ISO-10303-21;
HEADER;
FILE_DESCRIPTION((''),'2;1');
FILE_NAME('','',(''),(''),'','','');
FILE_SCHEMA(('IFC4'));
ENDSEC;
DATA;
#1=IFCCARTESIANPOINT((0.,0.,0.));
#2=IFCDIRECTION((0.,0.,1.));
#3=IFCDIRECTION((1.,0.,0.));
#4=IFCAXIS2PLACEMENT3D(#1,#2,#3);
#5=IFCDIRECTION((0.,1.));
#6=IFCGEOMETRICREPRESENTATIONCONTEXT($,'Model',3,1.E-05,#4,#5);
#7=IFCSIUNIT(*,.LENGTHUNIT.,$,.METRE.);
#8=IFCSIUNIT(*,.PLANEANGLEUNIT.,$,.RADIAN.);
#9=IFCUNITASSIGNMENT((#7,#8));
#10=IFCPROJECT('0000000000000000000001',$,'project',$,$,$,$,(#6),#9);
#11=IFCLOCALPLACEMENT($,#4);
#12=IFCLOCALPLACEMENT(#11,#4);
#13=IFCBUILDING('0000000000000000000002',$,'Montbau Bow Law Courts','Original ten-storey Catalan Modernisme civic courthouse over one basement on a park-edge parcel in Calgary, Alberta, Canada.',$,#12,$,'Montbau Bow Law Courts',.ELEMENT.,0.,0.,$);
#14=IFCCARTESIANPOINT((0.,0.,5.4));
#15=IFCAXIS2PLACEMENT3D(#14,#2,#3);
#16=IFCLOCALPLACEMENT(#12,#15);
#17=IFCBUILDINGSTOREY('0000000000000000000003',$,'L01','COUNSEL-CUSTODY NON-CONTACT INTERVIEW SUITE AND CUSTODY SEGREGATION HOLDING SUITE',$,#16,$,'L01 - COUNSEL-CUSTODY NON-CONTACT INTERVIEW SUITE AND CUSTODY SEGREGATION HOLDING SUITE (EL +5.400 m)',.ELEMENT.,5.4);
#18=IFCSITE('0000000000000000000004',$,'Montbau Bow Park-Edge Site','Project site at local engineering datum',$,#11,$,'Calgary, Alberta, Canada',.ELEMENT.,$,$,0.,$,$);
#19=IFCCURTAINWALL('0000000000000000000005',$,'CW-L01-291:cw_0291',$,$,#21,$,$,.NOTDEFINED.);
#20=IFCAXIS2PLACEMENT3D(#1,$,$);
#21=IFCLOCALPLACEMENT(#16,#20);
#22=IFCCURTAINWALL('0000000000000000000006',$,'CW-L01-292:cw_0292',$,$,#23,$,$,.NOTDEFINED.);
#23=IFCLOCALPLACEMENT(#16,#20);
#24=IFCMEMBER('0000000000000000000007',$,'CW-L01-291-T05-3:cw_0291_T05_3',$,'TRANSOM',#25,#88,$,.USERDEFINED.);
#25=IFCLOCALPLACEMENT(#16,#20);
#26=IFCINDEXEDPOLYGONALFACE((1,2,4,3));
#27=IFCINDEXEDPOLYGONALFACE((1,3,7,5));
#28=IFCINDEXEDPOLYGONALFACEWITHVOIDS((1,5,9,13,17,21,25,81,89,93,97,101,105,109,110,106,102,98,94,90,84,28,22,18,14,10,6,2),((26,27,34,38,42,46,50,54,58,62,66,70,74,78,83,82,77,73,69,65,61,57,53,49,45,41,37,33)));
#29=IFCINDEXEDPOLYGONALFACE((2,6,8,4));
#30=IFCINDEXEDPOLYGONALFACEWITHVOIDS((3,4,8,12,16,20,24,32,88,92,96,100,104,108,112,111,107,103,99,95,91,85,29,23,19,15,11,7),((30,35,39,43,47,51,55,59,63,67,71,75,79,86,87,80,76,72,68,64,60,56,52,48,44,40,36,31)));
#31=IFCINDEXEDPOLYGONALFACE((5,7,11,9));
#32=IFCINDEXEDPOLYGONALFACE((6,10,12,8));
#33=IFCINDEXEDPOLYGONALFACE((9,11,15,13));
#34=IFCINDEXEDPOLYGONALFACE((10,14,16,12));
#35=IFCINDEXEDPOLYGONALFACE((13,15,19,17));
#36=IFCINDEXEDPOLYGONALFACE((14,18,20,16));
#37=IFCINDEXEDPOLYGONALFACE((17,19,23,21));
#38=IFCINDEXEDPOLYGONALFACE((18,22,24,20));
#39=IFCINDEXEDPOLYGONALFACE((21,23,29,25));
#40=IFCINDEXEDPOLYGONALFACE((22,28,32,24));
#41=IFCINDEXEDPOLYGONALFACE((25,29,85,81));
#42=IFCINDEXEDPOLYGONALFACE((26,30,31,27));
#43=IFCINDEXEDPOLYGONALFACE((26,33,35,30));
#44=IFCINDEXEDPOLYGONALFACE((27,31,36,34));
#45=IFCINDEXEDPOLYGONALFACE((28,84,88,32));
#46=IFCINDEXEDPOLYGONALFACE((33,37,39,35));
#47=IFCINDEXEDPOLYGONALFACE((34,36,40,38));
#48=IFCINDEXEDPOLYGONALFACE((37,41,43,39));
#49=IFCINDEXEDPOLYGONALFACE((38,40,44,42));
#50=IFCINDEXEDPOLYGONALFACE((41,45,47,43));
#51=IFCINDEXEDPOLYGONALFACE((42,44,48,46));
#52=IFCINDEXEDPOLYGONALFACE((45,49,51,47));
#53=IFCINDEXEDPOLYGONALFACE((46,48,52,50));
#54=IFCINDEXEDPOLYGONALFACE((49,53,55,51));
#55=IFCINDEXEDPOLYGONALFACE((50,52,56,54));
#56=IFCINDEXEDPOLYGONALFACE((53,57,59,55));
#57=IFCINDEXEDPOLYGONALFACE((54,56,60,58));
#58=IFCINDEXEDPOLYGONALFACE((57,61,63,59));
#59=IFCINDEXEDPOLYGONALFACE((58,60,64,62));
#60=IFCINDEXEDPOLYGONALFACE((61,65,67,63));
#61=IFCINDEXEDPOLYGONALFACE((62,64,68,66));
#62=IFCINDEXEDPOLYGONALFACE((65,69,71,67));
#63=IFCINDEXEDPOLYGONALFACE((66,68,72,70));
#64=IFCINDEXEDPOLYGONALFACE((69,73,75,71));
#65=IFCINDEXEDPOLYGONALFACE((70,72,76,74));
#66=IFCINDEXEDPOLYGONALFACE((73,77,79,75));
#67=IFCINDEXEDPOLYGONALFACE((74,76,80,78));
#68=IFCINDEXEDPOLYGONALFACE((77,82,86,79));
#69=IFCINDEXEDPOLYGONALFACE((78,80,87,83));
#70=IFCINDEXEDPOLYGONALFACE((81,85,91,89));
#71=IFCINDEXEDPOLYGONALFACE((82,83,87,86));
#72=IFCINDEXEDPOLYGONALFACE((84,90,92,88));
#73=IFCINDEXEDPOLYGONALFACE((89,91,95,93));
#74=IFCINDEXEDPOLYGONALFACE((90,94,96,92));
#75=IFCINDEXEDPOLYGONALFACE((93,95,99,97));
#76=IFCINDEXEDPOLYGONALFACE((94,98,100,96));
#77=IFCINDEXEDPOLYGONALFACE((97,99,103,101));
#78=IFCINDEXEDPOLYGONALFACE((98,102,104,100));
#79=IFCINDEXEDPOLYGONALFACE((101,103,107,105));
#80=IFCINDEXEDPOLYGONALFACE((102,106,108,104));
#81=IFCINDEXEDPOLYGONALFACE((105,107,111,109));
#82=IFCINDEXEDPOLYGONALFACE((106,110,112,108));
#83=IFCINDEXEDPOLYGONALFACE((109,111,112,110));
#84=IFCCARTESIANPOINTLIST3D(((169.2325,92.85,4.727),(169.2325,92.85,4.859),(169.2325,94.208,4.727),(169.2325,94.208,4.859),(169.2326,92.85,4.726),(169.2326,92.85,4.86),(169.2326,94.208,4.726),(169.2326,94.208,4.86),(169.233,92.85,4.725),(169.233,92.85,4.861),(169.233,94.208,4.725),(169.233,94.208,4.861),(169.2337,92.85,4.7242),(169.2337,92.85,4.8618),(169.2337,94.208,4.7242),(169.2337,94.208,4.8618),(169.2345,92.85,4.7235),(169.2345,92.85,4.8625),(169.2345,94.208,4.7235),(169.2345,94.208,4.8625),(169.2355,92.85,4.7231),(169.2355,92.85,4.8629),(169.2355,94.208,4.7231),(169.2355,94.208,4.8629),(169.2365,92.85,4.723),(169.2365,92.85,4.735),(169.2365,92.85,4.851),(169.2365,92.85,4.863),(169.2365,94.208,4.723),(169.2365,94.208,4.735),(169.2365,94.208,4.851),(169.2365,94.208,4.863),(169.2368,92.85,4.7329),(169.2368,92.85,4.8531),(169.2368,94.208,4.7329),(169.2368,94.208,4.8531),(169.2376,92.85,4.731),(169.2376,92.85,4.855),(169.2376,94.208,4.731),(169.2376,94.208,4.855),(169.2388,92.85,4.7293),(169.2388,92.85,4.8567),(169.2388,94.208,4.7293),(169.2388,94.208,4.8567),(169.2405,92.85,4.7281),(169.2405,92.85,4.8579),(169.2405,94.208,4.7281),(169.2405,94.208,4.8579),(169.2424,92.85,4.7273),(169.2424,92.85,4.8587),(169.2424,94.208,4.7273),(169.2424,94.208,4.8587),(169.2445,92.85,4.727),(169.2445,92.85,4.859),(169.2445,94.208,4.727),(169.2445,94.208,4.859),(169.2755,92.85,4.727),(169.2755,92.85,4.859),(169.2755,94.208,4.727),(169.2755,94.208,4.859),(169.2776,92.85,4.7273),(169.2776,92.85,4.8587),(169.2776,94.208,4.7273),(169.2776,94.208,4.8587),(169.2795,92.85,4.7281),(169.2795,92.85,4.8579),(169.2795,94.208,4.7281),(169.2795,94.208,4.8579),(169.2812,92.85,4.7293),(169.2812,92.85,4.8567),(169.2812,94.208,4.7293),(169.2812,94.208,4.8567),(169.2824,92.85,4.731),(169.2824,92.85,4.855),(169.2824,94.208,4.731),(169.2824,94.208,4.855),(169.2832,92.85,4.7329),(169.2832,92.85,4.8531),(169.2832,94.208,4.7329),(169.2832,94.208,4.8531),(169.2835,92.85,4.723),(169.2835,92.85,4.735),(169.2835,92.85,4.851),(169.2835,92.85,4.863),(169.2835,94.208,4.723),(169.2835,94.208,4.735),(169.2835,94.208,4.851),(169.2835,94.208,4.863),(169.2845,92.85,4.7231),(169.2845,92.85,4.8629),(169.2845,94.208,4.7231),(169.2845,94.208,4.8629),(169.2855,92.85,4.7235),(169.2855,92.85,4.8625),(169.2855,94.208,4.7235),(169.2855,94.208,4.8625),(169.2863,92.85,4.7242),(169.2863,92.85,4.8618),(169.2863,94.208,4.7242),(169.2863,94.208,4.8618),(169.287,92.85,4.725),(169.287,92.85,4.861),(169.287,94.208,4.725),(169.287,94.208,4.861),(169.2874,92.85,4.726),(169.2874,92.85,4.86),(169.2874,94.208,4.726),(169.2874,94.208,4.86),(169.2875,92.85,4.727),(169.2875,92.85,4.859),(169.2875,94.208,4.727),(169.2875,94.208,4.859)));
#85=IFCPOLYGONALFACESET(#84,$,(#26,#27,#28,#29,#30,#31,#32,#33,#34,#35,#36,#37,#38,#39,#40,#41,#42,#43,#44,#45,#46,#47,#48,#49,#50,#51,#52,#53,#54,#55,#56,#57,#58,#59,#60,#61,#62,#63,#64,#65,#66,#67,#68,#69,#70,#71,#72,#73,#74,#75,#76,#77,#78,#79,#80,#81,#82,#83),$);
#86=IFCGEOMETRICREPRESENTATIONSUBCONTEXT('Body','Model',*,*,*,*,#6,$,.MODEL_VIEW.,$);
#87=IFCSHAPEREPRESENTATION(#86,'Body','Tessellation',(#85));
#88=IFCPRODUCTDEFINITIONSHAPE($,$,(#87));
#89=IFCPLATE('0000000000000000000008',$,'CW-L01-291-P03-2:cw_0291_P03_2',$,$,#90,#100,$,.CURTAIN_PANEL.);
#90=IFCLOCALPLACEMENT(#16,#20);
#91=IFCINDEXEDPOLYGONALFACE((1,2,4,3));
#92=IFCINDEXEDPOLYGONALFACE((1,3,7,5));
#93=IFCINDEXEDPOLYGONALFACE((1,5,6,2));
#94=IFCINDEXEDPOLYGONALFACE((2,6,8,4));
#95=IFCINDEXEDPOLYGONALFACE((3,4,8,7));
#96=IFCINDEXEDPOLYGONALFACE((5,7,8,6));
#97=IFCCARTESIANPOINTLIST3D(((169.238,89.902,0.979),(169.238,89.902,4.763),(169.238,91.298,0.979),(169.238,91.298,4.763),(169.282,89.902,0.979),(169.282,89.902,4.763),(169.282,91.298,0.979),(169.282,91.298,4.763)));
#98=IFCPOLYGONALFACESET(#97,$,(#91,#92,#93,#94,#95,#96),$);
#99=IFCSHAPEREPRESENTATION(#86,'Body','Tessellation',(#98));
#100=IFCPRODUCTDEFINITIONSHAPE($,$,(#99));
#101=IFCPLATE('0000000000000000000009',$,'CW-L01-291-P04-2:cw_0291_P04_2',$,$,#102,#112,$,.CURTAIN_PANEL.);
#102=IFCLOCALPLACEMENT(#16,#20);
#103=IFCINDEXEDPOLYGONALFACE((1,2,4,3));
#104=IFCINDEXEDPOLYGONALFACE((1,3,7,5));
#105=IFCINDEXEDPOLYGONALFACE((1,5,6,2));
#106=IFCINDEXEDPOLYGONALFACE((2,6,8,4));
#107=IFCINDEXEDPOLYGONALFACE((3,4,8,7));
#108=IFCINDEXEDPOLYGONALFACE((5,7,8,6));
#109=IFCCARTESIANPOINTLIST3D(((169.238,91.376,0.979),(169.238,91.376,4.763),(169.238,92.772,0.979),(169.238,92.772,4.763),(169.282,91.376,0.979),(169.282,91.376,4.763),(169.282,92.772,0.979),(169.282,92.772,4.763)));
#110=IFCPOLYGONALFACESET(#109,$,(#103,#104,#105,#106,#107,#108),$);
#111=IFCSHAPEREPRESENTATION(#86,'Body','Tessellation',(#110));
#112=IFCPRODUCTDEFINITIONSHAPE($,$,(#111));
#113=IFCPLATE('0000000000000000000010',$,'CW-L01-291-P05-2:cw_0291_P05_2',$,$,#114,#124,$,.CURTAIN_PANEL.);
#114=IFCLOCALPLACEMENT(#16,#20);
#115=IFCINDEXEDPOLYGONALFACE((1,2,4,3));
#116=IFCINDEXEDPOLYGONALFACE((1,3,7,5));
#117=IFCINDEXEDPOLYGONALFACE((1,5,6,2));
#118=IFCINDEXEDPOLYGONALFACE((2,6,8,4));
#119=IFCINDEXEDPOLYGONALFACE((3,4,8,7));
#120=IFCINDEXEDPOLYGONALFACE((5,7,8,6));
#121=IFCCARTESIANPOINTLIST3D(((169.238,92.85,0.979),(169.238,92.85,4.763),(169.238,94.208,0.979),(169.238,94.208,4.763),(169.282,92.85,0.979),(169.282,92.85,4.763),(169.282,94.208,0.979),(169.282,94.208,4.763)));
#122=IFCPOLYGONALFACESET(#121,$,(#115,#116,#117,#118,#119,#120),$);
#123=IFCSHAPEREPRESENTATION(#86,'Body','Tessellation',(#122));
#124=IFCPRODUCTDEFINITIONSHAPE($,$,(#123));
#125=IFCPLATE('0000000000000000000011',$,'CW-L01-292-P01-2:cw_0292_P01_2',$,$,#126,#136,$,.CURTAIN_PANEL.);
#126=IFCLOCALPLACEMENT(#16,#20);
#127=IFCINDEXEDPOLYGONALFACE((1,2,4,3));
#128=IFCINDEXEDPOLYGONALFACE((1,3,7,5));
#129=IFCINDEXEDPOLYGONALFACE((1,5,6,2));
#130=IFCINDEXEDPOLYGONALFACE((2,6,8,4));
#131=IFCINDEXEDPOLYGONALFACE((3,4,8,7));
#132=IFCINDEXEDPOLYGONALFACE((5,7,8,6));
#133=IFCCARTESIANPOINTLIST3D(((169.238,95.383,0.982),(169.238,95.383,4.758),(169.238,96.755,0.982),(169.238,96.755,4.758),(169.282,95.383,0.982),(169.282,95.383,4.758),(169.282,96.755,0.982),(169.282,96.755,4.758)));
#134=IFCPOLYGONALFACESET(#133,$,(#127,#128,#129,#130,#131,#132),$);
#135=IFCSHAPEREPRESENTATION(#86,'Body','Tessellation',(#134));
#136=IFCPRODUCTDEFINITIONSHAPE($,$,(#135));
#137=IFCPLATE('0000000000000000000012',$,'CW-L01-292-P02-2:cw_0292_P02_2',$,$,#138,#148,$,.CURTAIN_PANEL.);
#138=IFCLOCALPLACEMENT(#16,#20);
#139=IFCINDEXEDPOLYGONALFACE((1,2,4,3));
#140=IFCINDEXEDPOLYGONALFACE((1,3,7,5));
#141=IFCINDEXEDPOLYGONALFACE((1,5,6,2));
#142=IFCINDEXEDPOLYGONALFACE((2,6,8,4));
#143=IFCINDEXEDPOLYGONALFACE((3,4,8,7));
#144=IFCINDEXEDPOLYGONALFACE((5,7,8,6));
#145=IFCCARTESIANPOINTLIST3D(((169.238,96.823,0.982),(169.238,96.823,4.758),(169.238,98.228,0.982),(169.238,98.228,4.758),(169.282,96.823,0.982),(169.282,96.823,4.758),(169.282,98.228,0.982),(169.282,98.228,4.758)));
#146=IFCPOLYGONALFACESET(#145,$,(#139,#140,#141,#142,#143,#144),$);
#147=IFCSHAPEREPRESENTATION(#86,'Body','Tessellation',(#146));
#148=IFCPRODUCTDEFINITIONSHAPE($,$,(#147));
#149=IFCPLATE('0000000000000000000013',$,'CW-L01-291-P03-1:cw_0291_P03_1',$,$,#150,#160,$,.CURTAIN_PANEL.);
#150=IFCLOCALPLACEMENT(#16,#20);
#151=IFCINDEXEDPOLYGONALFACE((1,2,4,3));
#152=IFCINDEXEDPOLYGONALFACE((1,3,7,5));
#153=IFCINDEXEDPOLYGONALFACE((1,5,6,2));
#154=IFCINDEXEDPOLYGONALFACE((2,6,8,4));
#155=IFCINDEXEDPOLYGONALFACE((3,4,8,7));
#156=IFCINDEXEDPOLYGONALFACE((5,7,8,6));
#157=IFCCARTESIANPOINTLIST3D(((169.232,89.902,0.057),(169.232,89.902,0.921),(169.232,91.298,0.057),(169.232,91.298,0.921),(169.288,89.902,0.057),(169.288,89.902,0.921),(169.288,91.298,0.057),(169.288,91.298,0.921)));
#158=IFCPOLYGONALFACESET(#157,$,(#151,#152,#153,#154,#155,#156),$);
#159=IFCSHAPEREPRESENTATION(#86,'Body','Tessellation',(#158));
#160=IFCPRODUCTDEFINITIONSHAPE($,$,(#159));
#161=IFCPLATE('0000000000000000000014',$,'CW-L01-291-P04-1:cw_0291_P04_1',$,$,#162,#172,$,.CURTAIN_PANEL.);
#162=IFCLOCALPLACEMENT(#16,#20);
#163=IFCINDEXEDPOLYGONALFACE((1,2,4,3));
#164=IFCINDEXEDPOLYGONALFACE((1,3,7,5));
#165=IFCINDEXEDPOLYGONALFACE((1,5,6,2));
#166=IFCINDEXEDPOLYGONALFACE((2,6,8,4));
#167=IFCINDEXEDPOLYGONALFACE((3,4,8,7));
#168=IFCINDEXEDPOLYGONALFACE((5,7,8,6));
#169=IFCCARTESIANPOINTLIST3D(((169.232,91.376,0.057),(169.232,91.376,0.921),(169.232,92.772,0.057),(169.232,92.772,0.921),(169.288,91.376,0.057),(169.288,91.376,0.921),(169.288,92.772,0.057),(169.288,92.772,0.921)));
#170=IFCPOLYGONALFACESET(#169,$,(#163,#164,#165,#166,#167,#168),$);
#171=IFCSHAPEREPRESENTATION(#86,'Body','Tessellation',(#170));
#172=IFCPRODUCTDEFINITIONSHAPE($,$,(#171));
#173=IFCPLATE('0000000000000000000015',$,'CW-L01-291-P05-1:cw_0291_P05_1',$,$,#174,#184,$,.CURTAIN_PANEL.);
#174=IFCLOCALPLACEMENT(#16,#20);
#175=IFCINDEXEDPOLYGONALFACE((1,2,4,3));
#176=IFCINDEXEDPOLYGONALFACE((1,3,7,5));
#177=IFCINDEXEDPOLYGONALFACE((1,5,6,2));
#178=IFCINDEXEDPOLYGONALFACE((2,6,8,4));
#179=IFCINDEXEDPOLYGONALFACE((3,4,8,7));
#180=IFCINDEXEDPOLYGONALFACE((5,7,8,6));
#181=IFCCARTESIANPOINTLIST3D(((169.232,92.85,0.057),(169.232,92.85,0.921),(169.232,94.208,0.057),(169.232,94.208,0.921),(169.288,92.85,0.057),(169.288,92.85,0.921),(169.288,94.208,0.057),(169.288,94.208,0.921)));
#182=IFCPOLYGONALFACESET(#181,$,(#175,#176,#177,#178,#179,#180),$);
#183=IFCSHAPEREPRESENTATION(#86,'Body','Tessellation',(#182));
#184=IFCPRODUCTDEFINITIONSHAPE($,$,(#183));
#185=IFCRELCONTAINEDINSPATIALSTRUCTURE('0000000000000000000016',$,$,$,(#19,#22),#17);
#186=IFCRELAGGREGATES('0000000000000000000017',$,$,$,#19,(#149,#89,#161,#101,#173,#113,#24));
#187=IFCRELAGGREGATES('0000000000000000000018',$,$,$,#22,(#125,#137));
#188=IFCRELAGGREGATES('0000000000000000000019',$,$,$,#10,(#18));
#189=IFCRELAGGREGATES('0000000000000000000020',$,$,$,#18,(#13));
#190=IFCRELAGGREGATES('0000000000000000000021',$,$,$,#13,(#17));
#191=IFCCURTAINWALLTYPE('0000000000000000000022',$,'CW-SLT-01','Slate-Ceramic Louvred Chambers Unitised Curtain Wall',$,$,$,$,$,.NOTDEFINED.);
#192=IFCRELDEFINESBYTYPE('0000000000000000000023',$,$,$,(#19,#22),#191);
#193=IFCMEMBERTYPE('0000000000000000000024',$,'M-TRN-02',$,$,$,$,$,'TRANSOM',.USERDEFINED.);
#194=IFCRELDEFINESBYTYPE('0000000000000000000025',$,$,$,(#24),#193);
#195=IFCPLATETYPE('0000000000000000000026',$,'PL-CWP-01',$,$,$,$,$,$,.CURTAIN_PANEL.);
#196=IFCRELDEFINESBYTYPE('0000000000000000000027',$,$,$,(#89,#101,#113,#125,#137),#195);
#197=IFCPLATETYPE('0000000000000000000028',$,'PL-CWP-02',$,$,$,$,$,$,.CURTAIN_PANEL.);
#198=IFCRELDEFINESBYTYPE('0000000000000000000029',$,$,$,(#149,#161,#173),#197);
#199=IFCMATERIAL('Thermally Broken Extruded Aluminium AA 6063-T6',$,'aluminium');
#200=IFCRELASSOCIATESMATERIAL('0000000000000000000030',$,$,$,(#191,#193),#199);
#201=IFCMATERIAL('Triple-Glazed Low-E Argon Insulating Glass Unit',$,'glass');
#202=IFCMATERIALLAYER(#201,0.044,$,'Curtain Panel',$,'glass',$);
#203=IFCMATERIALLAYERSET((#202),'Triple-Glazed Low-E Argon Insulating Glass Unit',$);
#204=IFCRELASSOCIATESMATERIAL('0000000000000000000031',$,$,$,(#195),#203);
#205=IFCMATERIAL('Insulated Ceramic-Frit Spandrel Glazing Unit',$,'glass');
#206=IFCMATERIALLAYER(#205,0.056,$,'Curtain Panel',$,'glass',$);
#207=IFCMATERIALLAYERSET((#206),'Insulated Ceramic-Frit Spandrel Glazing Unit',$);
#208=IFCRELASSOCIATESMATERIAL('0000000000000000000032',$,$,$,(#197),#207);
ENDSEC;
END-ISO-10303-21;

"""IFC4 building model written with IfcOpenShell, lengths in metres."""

from ifc_helpers import new_model, si_unit, direction, frame, frame_2d, origin_with_axes, origin_2d_with_axis, place, context, subcontext, project, spatial, rectangle, hollow_rectangle, extrude, material, layer, layer_set, material_profile, profile_set, type_object, element, aggregate, save


model = new_model("IFC4")

# Units and contexts
model_context = context("Model", 3, precision=1e-05, world=origin_with_axes(), true_north=direction((0.0, 1.0)))
body_context = subcontext(model_context, "Body", "Model", "MODEL_VIEW")
ifc_project = project(units=[si_unit("LENGTHUNIT", "METRE"), si_unit("PLANEANGLEUNIT", "RADIAN")], contexts=[model_context])

# Site, building, storey
site_placement = place(None, origin_with_axes())
site = spatial("IfcSite", under=ifc_project, at=site_placement, Name="Montbau Bow Park-Edge Site", Description="Project site at local engineering datum", LongName="Calgary, Alberta, Canada", CompositionType="ELEMENT", RefElevation=0.0)
building_placement = place(site_placement, origin_with_axes())
building = spatial("IfcBuilding", under=site, at=building_placement, Name="Montbau Bow Law Courts", Description="Original ten-storey Catalan Modernisme civic courthouse over one basement on a park-edge parcel in Calgary, Alberta, Canada.", LongName="Montbau Bow Law Courts", CompositionType="ELEMENT", ElevationOfRefHeight=0.0, ElevationOfTerrain=0.0)
storey_placement = place(building_placement, frame((0.0, 0.0, 5.4), z_axis=(0.0, 0.0, 1.0), x_axis=(1.0, 0.0, 0.0)))
storey = spatial("IfcBuildingStorey", under=building, at=storey_placement, Name="L01", Description="COUNSEL-CUSTODY NON-CONTACT INTERVIEW SUITE AND CUSTODY SEGREGATION HOLDING SUITE", LongName="L01 - COUNSEL-CUSTODY NON-CONTACT INTERVIEW SUITE AND CUSTODY SEGREGATION HOLDING SUITE (EL +5.400 m)", CompositionType="ELEMENT", Elevation=5.4)

# Curtain walls
ifc_material_1 = material(Name="Thermally Broken Extruded Aluminium AA 6063-T6", Category="aluminium")
curtain_wall_type = type_object("IfcCurtainWallType", Name="CW-SLT-01", Description="Slate-Ceramic Louvred Chambers Unitised Curtain Wall", PredefinedType="NOTDEFINED", material=ifc_material_1)
curtain_wall_1_placement = place(None, frame((169.26, 86.915, 5.4), z_axis=(0.0, 0.0, 1.0), x_axis=(1.0, 0.0, 0.0)))
curtain_wall_1 = element("IfcCurtainWall", 1, at=curtain_wall_1_placement, inside=storey, type_object=curtain_wall_type, Name="CW-L01-291:cw_0291", PredefinedType="NOTDEFINED")
curtain_wall_2_placement = place(None, frame((169.26, 95.315, 5.4), z_axis=(0.0, 0.0, 1.0), x_axis=(1.0, 0.0, 0.0)))
curtain_wall_2 = element("IfcCurtainWall", 2, at=curtain_wall_2_placement, inside=storey, type_object=curtain_wall_type, Name="CW-L01-292:cw_0292", PredefinedType="NOTDEFINED")

# Member
ifc_material_profile_1 = material_profile(ifc_material_1, hollow_rectangle(XDim=0.055, YDim=0.14, WallThickness=0.004, InnerFilletRadius=0.008, OuterFilletRadius=0.004, at=origin_2d_with_axis()), Name="CWT-140X55", Category="Main", Priority=0)
ifc_profile_set_1 = profile_set([ifc_material_profile_1], Name="Thermally Broken Extruded Aluminium AA 6063-T6")
member_type_1 = type_object("IfcMemberType", Name="M-TRN-02", ElementType="TRANSOM", PredefinedType="USERDEFINED", material=ifc_profile_set_1)
member_1_placement = place(None, frame((169.26, 92.85, 10.193), z_axis=(0.0, 1.0, 0.0), x_axis=(-1.0, 0.0, 0.0)))
member_1 = element("IfcMember", 3, at=member_1_placement, type_object=member_type_1, Name="CW-L01-291-T05-3:cw_0291_T05_3", ObjectType="TRANSOM", PredefinedType="USERDEFINED", context=body_context, shape_type="SweptSolid", body=[
    extrude(hollow_rectangle(XDim=0.055, YDim=0.14, WallThickness=0.004, InnerFilletRadius=0.008, OuterFilletRadius=0.004, at=origin_2d_with_axis()), origin_with_axes(), (0.0, 0.0, 1.0), 1.358),
])

# Plates
ifc_material_2 = material(Name="Triple-Glazed Low-E Argon Insulating Glass Unit", Category="glass")
ifc_layer_1 = layer(ifc_material_2, 0.044, Name="Curtain Panel", Category="glass")
ifc_layer_set_1 = layer_set([ifc_layer_1], Name="Triple-Glazed Low-E Argon Insulating Glass Unit")
plate_type_1 = type_object("IfcPlateType", Name="PL-CWP-01", PredefinedType="CURTAIN_PANEL", material=ifc_layer_set_1)
plate_1_placement = place(None, frame((169.26, 89.902, 6.379), z_axis=(1.0, 0.0, 0.0), x_axis=(0.0, 1.0, 0.0)))
plate_1 = element("IfcPlate", 4, at=plate_1_placement, type_object=plate_type_1, Name="CW-L01-291-P03-2:cw_0291_P03_2", PredefinedType="CURTAIN_PANEL", context=body_context, shape_type="SweptSolid", body=[
    extrude(rectangle(XDim=1.396, YDim=3.784, at=frame_2d((0.698, 1.892), x_axis=(1.0, 0.0))), frame((0.0, 0.0, -0.022), z_axis=(0.0, 0.0, 1.0), x_axis=(1.0, 0.0, 0.0)), (0.0, 0.0, 1.0), 0.044),
])
plate_2_placement = place(None, frame((169.26, 91.376, 6.379), z_axis=(1.0, 0.0, 0.0), x_axis=(0.0, 1.0, 0.0)))
plate_2 = element("IfcPlate", 5, at=plate_2_placement, type_object=plate_type_1, Name="CW-L01-291-P04-2:cw_0291_P04_2", PredefinedType="CURTAIN_PANEL", context=body_context, shape_type="SweptSolid", body=[
    extrude(rectangle(XDim=1.396, YDim=3.784, at=frame_2d((0.698, 1.892), x_axis=(1.0, 0.0))), frame((0.0, 0.0, -0.022), z_axis=(0.0, 0.0, 1.0), x_axis=(1.0, 0.0, 0.0)), (0.0, 0.0, 1.0), 0.044),
])
plate_3_placement = place(None, frame((169.26, 92.85, 6.379), z_axis=(1.0, 0.0, 0.0), x_axis=(0.0, 1.0, 0.0)))
plate_3 = element("IfcPlate", 6, at=plate_3_placement, type_object=plate_type_1, Name="CW-L01-291-P05-2:cw_0291_P05_2", PredefinedType="CURTAIN_PANEL", context=body_context, shape_type="SweptSolid", body=[
    extrude(rectangle(XDim=1.358, YDim=3.784, at=frame_2d((0.679, 1.892), x_axis=(1.0, 0.0))), frame((0.0, 0.0, -0.022), z_axis=(0.0, 0.0, 1.0), x_axis=(1.0, 0.0, 0.0)), (0.0, 0.0, 1.0), 0.044),
])
plate_4_placement = place(None, frame((169.26, 95.383, 6.382), z_axis=(1.0, 0.0, 0.0), x_axis=(0.0, 1.0, 0.0)))
plate_4 = element("IfcPlate", 7, at=plate_4_placement, type_object=plate_type_1, Name="CW-L01-292-P01-2:cw_0292_P01_2", PredefinedType="CURTAIN_PANEL", context=body_context, shape_type="SweptSolid", body=[
    extrude(rectangle(XDim=1.372, YDim=3.776, at=frame_2d((0.686, 1.888), x_axis=(1.0, 0.0))), frame((0.0, 0.0, -0.022), z_axis=(0.0, 0.0, 1.0), x_axis=(1.0, 0.0, 0.0)), (0.0, 0.0, 1.0), 0.044),
])
plate_5_placement = place(None, frame((169.26, 96.823, 6.382), z_axis=(1.0, 0.0, 0.0), x_axis=(0.0, 1.0, 0.0)))
plate_5 = element("IfcPlate", 8, at=plate_5_placement, type_object=plate_type_1, Name="CW-L01-292-P02-2:cw_0292_P02_2", PredefinedType="CURTAIN_PANEL", context=body_context, shape_type="SweptSolid", body=[
    extrude(rectangle(XDim=1.405, YDim=3.776, at=frame_2d((0.7025, 1.888), x_axis=(1.0, 0.0))), frame((0.0, 0.0, -0.022), z_axis=(0.0, 0.0, 1.0), x_axis=(1.0, 0.0, 0.0)), (0.0, 0.0, 1.0), 0.044),
])
ifc_material_3 = material(Name="Insulated Ceramic-Frit Spandrel Glazing Unit", Category="glass")
ifc_layer_2 = layer(ifc_material_3, 0.056, Name="Curtain Panel", Category="glass")
ifc_layer_set_2 = layer_set([ifc_layer_2], Name="Insulated Ceramic-Frit Spandrel Glazing Unit")
plate_type_2 = type_object("IfcPlateType", Name="PL-CWP-02", PredefinedType="CURTAIN_PANEL", material=ifc_layer_set_2)
plate_6_placement = place(None, frame((169.26, 89.902, 5.457), z_axis=(1.0, 0.0, 0.0), x_axis=(0.0, 1.0, 0.0)))
plate_6 = element("IfcPlate", 9, at=plate_6_placement, type_object=plate_type_2, Name="CW-L01-291-P03-1:cw_0291_P03_1", PredefinedType="CURTAIN_PANEL", context=body_context, shape_type="SweptSolid", body=[
    extrude(rectangle(XDim=1.396, YDim=0.864, at=frame_2d((0.698, 0.432), x_axis=(1.0, 0.0))), frame((0.0, 0.0, -0.028), z_axis=(0.0, 0.0, 1.0), x_axis=(1.0, 0.0, 0.0)), (0.0, 0.0, 1.0), 0.056),
])
plate_7_placement = place(None, frame((169.26, 91.376, 5.457), z_axis=(1.0, 0.0, 0.0), x_axis=(0.0, 1.0, 0.0)))
plate_7 = element("IfcPlate", 10, at=plate_7_placement, type_object=plate_type_2, Name="CW-L01-291-P04-1:cw_0291_P04_1", PredefinedType="CURTAIN_PANEL", context=body_context, shape_type="SweptSolid", body=[
    extrude(rectangle(XDim=1.396, YDim=0.864, at=frame_2d((0.698, 0.432), x_axis=(1.0, 0.0))), frame((0.0, 0.0, -0.028), z_axis=(0.0, 0.0, 1.0), x_axis=(1.0, 0.0, 0.0)), (0.0, 0.0, 1.0), 0.056),
])
plate_8_placement = place(None, frame((169.26, 92.85, 5.457), z_axis=(1.0, 0.0, 0.0), x_axis=(0.0, 1.0, 0.0)))
plate_8 = element("IfcPlate", 11, at=plate_8_placement, type_object=plate_type_2, Name="CW-L01-291-P05-1:cw_0291_P05_1", PredefinedType="CURTAIN_PANEL", context=body_context, shape_type="SweptSolid", body=[
    extrude(rectangle(XDim=1.358, YDim=0.864, at=frame_2d((0.679, 0.432), x_axis=(1.0, 0.0))), frame((0.0, 0.0, -0.028), z_axis=(0.0, 0.0, 1.0), x_axis=(1.0, 0.0, 0.0)), (0.0, 0.0, 1.0), 0.056),
])
aggregate(curtain_wall_1, [plate_6, plate_1, plate_7, plate_2, plate_8, plate_3, member_1])
aggregate(curtain_wall_2, [plate_4, plate_5])

save(model, "model.ifc")
